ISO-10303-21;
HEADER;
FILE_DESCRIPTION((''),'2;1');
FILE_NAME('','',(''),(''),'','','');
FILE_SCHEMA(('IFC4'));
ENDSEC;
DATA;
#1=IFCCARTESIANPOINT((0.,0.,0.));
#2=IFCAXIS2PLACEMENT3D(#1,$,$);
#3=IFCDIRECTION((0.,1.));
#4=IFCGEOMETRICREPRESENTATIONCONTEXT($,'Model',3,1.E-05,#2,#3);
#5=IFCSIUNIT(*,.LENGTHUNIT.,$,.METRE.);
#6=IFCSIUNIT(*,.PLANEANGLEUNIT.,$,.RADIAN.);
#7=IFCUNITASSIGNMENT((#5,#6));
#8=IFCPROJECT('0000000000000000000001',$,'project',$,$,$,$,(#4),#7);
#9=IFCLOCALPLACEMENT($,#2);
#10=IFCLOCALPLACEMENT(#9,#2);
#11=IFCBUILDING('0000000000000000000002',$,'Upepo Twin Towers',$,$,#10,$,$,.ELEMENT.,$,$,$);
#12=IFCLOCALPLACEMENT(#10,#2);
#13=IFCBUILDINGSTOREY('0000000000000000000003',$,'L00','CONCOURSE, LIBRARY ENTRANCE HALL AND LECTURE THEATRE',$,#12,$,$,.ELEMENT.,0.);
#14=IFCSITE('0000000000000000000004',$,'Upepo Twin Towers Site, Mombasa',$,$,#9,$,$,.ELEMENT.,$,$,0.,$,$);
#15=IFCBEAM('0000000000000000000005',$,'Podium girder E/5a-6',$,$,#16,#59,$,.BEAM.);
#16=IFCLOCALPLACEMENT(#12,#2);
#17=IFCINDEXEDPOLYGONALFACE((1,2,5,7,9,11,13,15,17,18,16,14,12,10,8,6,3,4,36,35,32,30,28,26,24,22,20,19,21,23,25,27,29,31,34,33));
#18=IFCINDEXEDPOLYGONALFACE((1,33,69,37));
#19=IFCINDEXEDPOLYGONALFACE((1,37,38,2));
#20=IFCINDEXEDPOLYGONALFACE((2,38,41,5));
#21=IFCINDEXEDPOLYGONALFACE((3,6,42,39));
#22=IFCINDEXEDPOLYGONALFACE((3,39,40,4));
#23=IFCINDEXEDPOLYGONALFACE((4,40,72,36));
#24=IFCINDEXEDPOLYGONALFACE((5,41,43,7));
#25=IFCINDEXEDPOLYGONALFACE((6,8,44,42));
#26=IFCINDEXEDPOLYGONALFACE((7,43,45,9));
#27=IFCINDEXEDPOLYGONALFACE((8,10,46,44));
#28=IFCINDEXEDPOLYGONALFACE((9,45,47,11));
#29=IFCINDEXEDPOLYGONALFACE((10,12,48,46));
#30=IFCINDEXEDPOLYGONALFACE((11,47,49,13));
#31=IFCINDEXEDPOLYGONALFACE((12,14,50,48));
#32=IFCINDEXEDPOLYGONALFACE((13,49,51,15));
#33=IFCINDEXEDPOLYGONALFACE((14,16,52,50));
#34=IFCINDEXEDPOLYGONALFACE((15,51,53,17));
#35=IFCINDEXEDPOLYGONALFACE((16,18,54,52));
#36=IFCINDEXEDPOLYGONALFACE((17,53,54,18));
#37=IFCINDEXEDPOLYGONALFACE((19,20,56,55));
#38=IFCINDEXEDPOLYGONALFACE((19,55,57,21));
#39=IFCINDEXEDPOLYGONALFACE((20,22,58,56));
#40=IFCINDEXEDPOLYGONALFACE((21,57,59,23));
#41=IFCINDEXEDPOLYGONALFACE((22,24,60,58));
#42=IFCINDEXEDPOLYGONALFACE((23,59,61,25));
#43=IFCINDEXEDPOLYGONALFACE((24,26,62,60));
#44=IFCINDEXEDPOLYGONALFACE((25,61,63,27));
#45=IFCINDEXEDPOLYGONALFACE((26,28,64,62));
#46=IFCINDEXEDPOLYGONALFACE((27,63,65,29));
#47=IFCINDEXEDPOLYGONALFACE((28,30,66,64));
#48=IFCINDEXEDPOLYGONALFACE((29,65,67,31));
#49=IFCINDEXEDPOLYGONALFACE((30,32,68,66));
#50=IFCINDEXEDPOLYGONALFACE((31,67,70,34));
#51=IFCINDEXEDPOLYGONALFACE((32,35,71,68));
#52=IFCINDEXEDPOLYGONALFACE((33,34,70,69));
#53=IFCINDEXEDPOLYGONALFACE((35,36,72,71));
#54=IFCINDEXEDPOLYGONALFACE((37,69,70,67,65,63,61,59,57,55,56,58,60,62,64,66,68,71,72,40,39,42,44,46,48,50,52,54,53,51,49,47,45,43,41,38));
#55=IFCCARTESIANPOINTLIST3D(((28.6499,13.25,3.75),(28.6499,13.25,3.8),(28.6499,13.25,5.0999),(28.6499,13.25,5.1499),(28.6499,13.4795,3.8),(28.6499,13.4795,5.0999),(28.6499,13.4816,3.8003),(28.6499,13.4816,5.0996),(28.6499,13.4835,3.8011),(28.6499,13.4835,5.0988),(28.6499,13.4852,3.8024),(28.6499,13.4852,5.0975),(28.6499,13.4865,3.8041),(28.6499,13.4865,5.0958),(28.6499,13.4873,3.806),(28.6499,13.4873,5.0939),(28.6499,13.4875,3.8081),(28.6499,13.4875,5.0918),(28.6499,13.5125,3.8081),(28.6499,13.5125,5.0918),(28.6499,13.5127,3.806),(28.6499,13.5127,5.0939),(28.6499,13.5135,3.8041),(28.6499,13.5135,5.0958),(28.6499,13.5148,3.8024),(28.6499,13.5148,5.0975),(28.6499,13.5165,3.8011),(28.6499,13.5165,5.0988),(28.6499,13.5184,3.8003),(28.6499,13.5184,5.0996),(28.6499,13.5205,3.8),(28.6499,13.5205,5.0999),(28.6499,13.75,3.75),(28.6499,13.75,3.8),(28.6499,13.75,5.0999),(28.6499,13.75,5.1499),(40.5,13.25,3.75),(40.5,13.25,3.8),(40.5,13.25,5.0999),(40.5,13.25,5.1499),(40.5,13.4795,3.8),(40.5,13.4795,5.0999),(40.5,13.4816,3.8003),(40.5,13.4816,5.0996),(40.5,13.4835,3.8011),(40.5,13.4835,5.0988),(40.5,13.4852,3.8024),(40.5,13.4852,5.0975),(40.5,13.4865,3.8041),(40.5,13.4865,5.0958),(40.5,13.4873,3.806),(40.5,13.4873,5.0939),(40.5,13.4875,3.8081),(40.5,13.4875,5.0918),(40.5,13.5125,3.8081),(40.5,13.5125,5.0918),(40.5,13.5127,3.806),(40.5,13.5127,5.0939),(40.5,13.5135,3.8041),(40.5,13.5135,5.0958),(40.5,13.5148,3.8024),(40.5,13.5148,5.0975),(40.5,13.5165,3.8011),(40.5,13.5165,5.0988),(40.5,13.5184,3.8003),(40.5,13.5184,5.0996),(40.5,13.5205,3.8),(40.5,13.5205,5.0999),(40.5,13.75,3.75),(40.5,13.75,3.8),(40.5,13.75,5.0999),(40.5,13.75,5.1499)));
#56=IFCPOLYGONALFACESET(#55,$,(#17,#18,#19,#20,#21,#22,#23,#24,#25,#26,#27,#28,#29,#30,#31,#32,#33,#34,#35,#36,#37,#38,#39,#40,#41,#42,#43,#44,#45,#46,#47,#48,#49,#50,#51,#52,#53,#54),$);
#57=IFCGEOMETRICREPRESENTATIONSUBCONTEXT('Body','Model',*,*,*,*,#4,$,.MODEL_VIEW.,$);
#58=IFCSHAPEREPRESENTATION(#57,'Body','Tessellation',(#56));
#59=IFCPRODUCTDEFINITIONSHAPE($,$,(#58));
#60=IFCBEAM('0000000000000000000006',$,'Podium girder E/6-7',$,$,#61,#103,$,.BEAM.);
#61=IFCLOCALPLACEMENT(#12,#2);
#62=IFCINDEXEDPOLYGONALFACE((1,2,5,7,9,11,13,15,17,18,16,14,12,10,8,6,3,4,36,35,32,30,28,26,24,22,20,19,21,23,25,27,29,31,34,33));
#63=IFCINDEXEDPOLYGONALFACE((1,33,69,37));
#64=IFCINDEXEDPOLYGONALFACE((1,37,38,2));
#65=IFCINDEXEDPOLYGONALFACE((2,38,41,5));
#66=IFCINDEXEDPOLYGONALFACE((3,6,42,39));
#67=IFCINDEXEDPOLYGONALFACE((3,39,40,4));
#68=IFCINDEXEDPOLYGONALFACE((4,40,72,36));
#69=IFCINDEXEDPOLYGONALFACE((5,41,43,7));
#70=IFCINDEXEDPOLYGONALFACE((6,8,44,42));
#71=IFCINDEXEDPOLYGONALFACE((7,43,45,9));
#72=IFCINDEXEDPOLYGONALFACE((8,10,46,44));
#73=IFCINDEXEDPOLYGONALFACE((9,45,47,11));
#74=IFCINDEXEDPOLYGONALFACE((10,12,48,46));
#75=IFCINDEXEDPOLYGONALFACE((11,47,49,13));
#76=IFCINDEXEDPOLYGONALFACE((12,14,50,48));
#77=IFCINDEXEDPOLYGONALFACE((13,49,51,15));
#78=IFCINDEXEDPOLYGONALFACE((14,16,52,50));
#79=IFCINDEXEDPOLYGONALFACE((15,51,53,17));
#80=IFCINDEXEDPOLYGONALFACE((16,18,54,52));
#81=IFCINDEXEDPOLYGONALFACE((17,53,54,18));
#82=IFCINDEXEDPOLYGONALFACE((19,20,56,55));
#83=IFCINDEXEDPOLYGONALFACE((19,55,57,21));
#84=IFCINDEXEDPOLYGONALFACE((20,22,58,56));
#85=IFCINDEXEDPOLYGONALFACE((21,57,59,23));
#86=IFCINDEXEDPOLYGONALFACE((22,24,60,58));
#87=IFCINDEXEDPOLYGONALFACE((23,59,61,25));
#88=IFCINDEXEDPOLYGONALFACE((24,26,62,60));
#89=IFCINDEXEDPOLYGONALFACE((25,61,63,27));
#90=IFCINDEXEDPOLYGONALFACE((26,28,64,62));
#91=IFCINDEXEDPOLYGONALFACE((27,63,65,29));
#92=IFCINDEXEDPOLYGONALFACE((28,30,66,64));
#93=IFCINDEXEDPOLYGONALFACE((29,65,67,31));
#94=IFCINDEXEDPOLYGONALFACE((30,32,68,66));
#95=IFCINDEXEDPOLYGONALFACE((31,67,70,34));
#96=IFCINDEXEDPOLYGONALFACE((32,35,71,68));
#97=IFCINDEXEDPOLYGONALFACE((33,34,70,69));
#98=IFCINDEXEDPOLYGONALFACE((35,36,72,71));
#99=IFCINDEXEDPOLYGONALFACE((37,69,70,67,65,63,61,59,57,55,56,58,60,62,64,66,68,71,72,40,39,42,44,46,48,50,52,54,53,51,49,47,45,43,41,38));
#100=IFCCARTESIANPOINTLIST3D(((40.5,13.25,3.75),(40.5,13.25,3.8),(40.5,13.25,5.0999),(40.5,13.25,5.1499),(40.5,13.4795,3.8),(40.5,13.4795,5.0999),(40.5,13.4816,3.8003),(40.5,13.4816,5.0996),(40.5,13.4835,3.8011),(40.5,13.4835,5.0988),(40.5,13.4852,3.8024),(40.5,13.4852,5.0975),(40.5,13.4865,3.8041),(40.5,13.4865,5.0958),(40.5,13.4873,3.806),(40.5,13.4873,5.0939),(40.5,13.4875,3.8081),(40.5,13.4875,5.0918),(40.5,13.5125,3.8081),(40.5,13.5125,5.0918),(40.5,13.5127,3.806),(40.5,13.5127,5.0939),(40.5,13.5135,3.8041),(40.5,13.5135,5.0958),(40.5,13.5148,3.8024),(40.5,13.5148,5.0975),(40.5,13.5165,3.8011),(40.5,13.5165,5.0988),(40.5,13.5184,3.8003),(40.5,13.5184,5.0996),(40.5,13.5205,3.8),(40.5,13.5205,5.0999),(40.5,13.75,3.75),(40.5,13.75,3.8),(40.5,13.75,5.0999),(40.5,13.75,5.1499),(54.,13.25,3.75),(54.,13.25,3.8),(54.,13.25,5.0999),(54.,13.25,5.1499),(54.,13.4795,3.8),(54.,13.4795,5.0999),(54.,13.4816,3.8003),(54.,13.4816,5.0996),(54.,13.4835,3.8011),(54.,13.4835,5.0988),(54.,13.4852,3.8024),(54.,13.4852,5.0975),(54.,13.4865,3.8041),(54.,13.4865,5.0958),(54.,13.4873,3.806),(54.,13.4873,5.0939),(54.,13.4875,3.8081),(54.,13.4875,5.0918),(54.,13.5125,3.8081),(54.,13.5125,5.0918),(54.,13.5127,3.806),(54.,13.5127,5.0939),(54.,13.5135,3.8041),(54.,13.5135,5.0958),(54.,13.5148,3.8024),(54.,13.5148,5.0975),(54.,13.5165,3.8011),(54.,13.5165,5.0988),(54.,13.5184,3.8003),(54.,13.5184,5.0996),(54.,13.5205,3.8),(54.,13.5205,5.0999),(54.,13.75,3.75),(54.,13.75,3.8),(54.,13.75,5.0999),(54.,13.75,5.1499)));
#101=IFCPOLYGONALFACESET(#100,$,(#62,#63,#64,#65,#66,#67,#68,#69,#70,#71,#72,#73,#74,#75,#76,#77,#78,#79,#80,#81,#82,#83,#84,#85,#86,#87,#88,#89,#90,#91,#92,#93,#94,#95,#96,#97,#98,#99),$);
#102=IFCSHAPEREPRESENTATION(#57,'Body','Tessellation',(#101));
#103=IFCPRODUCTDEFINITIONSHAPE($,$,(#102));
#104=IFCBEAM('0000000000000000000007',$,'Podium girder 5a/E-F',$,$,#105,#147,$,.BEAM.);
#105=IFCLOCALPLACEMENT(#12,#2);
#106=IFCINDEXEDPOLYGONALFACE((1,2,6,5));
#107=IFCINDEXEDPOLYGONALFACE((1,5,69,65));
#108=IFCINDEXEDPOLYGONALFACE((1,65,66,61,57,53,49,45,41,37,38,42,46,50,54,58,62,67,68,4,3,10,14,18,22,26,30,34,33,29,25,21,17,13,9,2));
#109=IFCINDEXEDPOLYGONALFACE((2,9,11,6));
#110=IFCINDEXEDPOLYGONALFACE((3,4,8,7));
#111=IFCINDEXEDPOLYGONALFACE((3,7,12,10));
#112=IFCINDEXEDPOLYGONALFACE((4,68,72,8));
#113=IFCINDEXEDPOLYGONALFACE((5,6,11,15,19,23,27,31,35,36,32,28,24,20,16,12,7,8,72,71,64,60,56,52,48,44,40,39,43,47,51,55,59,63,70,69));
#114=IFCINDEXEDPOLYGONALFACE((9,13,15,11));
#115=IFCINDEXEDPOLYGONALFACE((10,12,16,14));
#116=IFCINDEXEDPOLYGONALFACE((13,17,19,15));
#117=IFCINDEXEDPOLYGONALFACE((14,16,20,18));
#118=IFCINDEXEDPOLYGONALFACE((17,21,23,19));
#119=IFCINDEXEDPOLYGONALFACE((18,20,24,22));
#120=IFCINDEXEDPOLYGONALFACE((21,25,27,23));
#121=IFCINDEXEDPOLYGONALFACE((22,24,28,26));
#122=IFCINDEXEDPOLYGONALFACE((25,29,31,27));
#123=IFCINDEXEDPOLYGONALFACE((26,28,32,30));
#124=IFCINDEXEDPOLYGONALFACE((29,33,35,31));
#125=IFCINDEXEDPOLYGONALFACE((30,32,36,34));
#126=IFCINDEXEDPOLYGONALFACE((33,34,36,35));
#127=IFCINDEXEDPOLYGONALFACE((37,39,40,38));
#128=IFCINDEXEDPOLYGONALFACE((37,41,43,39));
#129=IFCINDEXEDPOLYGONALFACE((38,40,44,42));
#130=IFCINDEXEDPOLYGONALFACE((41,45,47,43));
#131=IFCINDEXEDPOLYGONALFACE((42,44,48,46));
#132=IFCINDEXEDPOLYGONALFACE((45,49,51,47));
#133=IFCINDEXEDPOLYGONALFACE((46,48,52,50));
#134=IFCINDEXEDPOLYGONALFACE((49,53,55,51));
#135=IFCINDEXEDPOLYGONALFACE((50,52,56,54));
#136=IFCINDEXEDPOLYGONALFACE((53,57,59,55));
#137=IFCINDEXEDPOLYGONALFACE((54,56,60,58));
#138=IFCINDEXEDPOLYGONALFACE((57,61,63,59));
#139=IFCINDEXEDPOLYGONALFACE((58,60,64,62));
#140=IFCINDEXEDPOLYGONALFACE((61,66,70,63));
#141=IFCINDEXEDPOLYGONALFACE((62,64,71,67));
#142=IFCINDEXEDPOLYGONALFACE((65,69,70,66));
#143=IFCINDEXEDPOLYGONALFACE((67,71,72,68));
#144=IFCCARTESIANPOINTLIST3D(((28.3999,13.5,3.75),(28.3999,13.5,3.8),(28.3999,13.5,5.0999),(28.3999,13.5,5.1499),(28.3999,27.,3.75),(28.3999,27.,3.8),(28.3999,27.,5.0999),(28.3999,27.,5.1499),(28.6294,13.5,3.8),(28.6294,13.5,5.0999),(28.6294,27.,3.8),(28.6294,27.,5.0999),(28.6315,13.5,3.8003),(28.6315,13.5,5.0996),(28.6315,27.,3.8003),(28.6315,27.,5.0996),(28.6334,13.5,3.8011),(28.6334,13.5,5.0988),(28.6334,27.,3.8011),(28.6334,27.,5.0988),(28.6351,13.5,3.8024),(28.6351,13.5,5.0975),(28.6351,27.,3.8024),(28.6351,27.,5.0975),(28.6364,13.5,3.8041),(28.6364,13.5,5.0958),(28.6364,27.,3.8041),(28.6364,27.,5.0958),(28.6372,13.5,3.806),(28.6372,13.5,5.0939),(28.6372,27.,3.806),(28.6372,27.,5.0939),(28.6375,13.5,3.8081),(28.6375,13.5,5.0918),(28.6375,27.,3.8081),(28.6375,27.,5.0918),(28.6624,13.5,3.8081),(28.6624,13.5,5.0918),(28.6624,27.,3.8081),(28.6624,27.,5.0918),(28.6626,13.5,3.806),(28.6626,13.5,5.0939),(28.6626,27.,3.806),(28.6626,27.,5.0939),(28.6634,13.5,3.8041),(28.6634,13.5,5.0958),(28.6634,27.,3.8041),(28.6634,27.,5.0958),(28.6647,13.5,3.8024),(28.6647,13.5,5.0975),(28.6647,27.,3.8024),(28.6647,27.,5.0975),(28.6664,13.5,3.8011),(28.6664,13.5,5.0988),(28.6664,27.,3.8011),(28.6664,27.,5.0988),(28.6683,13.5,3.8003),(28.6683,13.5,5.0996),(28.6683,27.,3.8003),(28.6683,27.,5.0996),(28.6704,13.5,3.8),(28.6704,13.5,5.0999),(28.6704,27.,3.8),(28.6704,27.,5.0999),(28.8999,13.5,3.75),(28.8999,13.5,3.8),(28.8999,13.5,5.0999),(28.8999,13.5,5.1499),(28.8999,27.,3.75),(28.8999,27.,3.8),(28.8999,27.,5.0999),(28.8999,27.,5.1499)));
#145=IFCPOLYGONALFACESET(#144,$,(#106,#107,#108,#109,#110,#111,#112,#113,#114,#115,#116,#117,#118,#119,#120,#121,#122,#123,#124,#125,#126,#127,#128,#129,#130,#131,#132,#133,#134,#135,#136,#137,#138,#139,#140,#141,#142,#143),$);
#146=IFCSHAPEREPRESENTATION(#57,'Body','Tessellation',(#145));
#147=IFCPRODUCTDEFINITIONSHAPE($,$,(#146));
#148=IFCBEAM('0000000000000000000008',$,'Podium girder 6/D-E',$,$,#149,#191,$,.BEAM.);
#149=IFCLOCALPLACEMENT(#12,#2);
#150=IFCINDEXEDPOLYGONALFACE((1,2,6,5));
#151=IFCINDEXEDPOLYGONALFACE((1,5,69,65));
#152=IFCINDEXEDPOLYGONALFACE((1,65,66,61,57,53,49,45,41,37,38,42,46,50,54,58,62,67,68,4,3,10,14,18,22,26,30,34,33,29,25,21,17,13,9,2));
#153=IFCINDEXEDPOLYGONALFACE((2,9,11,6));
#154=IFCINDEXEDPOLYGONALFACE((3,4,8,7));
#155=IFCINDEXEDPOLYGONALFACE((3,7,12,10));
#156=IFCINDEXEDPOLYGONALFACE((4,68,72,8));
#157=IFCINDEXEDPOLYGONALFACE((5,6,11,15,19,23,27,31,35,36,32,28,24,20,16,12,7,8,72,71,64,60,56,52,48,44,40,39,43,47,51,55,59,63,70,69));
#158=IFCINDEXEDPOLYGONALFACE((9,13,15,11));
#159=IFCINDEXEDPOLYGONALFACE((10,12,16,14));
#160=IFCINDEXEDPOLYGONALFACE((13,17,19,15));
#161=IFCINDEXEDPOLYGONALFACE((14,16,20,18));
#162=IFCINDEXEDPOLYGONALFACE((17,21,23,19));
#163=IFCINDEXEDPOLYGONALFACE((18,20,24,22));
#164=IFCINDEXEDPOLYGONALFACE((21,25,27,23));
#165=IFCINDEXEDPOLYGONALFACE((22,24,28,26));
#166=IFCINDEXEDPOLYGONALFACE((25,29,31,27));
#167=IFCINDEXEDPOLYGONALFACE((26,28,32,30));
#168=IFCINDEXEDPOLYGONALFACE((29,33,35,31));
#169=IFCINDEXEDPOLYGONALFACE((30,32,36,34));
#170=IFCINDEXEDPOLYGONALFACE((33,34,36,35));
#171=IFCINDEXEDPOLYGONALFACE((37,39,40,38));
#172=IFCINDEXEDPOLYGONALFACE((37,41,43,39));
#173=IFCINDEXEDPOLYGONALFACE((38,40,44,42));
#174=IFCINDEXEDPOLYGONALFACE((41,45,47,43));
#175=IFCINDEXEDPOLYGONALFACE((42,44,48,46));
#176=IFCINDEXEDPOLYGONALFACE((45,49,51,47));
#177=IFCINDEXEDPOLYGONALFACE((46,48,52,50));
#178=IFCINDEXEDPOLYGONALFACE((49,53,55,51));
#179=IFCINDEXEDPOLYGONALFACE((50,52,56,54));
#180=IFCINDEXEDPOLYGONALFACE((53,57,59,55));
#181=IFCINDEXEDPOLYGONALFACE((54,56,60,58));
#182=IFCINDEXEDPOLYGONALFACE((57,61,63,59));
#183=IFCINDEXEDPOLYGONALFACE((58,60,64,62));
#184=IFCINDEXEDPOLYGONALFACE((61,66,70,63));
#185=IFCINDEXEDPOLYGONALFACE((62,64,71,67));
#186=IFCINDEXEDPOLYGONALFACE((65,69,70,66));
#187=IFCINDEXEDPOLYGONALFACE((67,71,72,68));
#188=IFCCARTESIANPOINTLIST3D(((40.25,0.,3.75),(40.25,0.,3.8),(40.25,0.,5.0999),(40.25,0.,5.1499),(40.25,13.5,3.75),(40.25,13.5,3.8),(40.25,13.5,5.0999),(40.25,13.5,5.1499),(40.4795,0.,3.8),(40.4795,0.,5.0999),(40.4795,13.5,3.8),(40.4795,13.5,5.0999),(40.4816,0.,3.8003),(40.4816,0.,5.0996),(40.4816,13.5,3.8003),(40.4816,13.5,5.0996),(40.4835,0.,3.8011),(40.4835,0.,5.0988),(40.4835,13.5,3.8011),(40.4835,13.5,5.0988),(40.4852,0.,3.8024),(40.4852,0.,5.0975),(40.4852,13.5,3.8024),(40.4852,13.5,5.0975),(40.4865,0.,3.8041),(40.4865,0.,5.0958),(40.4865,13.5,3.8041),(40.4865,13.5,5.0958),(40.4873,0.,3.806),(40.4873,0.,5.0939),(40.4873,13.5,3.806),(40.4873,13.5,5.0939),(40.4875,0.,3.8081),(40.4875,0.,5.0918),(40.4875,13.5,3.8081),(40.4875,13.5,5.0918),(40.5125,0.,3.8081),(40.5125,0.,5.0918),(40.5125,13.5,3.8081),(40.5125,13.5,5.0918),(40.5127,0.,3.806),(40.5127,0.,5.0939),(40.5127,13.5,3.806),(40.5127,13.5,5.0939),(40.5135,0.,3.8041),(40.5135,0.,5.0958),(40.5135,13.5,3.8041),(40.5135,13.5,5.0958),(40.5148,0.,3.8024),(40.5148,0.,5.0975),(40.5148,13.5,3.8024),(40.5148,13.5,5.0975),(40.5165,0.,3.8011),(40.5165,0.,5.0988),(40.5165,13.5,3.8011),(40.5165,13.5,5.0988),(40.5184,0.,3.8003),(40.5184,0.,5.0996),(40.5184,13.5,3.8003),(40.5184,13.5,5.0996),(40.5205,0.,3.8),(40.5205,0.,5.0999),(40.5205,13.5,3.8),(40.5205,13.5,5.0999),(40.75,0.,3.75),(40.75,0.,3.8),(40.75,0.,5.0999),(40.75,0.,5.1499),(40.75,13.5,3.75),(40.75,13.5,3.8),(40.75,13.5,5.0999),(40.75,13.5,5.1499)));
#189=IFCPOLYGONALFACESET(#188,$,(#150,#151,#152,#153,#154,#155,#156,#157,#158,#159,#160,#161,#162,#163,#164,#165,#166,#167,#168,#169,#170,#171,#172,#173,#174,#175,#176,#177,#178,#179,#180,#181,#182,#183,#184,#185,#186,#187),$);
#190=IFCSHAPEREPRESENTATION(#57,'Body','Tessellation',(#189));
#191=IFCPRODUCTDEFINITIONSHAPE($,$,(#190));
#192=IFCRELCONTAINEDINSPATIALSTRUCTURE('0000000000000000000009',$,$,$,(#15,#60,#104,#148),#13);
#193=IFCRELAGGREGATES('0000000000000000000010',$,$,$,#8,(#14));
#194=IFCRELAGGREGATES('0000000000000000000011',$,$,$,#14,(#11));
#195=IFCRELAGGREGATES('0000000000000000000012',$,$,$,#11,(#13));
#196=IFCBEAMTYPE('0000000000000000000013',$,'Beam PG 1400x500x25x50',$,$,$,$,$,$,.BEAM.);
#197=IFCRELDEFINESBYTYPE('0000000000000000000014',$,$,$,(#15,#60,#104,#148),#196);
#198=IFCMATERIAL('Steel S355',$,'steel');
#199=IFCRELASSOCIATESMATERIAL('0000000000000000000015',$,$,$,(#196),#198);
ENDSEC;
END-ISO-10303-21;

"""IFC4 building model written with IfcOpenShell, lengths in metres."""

from ifc_helpers import new_model, si_unit, direction, frame, origin, origin_2d, place, context, subcontext, project, spatial, i_section, extrude, material, material_profile, profile_set, type_object, element, save


model = new_model("IFC4")

# Units and contexts
model_context = context("Model", 3, precision=1e-05, world=origin(), true_north=direction((0.0, 1.0)))
body_context = subcontext(model_context, "Body", "Model", "MODEL_VIEW")
ifc_project = project(units=[si_unit("LENGTHUNIT", "METRE"), si_unit("PLANEANGLEUNIT", "RADIAN")], contexts=[model_context])

# Site, building, storey
site_placement = place(None, origin())
site = spatial("IfcSite", under=ifc_project, at=site_placement, Name="Upepo Twin Towers Site, Mombasa", CompositionType="ELEMENT", RefElevation=0.0)
building_placement = place(site_placement, origin())
building = spatial("IfcBuilding", under=site, at=building_placement, Name="Upepo Twin Towers", CompositionType="ELEMENT")
storey_placement = place(building_placement, origin())
storey = spatial("IfcBuildingStorey", under=building, at=storey_placement, Name="L00", Description="CONCOURSE, LIBRARY ENTRANCE HALL AND LECTURE THEATRE", CompositionType="ELEMENT", Elevation=0.0)

# Beams
ifc_material_1 = material(Name="Steel S355", Category="steel")
ifc_material_profile_1 = material_profile(ifc_material_1, i_section(OverallWidth=0.5, OverallDepth=1.3999, WebThickness=0.0249, FlangeThickness=0.05, FilletRadius=0.0081, at=origin_2d()), Name="PG 1400x500x25x50")
ifc_profile_set_1 = profile_set([ifc_material_profile_1], Name="Steel S355")
beam_type_1 = type_object("IfcBeamType", Name="Beam PG 1400x500x25x50", PredefinedType="BEAM", material=ifc_profile_set_1)
beam_placement = place(storey_placement, frame((28.6499, 13.5, 4.45), z_axis=(1.0, 0.0, 0.0), x_axis=(0.0, 1.0, 0.0)))
element("IfcBeam", 1, at=beam_placement, inside=storey, type_object=beam_type_1, Name="Podium girder E/5a-6", PredefinedType="BEAM", context=body_context, shape_type="SweptSolid", body=[
    extrude(i_section(OverallWidth=0.5, OverallDepth=1.3999, WebThickness=0.0249, FlangeThickness=0.05, FilletRadius=0.0081, at=origin_2d()), origin(), (0.0, 0.0, 1.0), 11.8501),
])
for number, where, z_axis, x_axis, name in (
    (2, (40.5, 13.5, 4.45), (1.0, 0.0, 0.0), (0.0, 1.0, 0.0), "Podium girder E/6-7"),
    (3, (28.6499, 13.5, 4.45), (0.0, 1.0, 0.0), (-1.0, 0.0, 0.0), "Podium girder 5a/E-F"),
    (4, (40.5, 0.0, 4.45), (0.0, 1.0, 0.0), (-1.0, 0.0, 0.0), "Podium girder 6/D-E"),
):
    element("IfcBeam", number, at=place(storey_placement, frame(where, z_axis=z_axis, x_axis=x_axis)), inside=storey, type_object=beam_type_1, Name=name, PredefinedType="BEAM", context=body_context, shape_type="SweptSolid", body=[
        extrude(i_section(OverallWidth=0.5, OverallDepth=1.3999, WebThickness=0.0249, FlangeThickness=0.05, FilletRadius=0.0081, at=origin_2d()), origin(), (0.0, 0.0, 1.0), 13.5),
    ])

save(model, "model.ifc")
